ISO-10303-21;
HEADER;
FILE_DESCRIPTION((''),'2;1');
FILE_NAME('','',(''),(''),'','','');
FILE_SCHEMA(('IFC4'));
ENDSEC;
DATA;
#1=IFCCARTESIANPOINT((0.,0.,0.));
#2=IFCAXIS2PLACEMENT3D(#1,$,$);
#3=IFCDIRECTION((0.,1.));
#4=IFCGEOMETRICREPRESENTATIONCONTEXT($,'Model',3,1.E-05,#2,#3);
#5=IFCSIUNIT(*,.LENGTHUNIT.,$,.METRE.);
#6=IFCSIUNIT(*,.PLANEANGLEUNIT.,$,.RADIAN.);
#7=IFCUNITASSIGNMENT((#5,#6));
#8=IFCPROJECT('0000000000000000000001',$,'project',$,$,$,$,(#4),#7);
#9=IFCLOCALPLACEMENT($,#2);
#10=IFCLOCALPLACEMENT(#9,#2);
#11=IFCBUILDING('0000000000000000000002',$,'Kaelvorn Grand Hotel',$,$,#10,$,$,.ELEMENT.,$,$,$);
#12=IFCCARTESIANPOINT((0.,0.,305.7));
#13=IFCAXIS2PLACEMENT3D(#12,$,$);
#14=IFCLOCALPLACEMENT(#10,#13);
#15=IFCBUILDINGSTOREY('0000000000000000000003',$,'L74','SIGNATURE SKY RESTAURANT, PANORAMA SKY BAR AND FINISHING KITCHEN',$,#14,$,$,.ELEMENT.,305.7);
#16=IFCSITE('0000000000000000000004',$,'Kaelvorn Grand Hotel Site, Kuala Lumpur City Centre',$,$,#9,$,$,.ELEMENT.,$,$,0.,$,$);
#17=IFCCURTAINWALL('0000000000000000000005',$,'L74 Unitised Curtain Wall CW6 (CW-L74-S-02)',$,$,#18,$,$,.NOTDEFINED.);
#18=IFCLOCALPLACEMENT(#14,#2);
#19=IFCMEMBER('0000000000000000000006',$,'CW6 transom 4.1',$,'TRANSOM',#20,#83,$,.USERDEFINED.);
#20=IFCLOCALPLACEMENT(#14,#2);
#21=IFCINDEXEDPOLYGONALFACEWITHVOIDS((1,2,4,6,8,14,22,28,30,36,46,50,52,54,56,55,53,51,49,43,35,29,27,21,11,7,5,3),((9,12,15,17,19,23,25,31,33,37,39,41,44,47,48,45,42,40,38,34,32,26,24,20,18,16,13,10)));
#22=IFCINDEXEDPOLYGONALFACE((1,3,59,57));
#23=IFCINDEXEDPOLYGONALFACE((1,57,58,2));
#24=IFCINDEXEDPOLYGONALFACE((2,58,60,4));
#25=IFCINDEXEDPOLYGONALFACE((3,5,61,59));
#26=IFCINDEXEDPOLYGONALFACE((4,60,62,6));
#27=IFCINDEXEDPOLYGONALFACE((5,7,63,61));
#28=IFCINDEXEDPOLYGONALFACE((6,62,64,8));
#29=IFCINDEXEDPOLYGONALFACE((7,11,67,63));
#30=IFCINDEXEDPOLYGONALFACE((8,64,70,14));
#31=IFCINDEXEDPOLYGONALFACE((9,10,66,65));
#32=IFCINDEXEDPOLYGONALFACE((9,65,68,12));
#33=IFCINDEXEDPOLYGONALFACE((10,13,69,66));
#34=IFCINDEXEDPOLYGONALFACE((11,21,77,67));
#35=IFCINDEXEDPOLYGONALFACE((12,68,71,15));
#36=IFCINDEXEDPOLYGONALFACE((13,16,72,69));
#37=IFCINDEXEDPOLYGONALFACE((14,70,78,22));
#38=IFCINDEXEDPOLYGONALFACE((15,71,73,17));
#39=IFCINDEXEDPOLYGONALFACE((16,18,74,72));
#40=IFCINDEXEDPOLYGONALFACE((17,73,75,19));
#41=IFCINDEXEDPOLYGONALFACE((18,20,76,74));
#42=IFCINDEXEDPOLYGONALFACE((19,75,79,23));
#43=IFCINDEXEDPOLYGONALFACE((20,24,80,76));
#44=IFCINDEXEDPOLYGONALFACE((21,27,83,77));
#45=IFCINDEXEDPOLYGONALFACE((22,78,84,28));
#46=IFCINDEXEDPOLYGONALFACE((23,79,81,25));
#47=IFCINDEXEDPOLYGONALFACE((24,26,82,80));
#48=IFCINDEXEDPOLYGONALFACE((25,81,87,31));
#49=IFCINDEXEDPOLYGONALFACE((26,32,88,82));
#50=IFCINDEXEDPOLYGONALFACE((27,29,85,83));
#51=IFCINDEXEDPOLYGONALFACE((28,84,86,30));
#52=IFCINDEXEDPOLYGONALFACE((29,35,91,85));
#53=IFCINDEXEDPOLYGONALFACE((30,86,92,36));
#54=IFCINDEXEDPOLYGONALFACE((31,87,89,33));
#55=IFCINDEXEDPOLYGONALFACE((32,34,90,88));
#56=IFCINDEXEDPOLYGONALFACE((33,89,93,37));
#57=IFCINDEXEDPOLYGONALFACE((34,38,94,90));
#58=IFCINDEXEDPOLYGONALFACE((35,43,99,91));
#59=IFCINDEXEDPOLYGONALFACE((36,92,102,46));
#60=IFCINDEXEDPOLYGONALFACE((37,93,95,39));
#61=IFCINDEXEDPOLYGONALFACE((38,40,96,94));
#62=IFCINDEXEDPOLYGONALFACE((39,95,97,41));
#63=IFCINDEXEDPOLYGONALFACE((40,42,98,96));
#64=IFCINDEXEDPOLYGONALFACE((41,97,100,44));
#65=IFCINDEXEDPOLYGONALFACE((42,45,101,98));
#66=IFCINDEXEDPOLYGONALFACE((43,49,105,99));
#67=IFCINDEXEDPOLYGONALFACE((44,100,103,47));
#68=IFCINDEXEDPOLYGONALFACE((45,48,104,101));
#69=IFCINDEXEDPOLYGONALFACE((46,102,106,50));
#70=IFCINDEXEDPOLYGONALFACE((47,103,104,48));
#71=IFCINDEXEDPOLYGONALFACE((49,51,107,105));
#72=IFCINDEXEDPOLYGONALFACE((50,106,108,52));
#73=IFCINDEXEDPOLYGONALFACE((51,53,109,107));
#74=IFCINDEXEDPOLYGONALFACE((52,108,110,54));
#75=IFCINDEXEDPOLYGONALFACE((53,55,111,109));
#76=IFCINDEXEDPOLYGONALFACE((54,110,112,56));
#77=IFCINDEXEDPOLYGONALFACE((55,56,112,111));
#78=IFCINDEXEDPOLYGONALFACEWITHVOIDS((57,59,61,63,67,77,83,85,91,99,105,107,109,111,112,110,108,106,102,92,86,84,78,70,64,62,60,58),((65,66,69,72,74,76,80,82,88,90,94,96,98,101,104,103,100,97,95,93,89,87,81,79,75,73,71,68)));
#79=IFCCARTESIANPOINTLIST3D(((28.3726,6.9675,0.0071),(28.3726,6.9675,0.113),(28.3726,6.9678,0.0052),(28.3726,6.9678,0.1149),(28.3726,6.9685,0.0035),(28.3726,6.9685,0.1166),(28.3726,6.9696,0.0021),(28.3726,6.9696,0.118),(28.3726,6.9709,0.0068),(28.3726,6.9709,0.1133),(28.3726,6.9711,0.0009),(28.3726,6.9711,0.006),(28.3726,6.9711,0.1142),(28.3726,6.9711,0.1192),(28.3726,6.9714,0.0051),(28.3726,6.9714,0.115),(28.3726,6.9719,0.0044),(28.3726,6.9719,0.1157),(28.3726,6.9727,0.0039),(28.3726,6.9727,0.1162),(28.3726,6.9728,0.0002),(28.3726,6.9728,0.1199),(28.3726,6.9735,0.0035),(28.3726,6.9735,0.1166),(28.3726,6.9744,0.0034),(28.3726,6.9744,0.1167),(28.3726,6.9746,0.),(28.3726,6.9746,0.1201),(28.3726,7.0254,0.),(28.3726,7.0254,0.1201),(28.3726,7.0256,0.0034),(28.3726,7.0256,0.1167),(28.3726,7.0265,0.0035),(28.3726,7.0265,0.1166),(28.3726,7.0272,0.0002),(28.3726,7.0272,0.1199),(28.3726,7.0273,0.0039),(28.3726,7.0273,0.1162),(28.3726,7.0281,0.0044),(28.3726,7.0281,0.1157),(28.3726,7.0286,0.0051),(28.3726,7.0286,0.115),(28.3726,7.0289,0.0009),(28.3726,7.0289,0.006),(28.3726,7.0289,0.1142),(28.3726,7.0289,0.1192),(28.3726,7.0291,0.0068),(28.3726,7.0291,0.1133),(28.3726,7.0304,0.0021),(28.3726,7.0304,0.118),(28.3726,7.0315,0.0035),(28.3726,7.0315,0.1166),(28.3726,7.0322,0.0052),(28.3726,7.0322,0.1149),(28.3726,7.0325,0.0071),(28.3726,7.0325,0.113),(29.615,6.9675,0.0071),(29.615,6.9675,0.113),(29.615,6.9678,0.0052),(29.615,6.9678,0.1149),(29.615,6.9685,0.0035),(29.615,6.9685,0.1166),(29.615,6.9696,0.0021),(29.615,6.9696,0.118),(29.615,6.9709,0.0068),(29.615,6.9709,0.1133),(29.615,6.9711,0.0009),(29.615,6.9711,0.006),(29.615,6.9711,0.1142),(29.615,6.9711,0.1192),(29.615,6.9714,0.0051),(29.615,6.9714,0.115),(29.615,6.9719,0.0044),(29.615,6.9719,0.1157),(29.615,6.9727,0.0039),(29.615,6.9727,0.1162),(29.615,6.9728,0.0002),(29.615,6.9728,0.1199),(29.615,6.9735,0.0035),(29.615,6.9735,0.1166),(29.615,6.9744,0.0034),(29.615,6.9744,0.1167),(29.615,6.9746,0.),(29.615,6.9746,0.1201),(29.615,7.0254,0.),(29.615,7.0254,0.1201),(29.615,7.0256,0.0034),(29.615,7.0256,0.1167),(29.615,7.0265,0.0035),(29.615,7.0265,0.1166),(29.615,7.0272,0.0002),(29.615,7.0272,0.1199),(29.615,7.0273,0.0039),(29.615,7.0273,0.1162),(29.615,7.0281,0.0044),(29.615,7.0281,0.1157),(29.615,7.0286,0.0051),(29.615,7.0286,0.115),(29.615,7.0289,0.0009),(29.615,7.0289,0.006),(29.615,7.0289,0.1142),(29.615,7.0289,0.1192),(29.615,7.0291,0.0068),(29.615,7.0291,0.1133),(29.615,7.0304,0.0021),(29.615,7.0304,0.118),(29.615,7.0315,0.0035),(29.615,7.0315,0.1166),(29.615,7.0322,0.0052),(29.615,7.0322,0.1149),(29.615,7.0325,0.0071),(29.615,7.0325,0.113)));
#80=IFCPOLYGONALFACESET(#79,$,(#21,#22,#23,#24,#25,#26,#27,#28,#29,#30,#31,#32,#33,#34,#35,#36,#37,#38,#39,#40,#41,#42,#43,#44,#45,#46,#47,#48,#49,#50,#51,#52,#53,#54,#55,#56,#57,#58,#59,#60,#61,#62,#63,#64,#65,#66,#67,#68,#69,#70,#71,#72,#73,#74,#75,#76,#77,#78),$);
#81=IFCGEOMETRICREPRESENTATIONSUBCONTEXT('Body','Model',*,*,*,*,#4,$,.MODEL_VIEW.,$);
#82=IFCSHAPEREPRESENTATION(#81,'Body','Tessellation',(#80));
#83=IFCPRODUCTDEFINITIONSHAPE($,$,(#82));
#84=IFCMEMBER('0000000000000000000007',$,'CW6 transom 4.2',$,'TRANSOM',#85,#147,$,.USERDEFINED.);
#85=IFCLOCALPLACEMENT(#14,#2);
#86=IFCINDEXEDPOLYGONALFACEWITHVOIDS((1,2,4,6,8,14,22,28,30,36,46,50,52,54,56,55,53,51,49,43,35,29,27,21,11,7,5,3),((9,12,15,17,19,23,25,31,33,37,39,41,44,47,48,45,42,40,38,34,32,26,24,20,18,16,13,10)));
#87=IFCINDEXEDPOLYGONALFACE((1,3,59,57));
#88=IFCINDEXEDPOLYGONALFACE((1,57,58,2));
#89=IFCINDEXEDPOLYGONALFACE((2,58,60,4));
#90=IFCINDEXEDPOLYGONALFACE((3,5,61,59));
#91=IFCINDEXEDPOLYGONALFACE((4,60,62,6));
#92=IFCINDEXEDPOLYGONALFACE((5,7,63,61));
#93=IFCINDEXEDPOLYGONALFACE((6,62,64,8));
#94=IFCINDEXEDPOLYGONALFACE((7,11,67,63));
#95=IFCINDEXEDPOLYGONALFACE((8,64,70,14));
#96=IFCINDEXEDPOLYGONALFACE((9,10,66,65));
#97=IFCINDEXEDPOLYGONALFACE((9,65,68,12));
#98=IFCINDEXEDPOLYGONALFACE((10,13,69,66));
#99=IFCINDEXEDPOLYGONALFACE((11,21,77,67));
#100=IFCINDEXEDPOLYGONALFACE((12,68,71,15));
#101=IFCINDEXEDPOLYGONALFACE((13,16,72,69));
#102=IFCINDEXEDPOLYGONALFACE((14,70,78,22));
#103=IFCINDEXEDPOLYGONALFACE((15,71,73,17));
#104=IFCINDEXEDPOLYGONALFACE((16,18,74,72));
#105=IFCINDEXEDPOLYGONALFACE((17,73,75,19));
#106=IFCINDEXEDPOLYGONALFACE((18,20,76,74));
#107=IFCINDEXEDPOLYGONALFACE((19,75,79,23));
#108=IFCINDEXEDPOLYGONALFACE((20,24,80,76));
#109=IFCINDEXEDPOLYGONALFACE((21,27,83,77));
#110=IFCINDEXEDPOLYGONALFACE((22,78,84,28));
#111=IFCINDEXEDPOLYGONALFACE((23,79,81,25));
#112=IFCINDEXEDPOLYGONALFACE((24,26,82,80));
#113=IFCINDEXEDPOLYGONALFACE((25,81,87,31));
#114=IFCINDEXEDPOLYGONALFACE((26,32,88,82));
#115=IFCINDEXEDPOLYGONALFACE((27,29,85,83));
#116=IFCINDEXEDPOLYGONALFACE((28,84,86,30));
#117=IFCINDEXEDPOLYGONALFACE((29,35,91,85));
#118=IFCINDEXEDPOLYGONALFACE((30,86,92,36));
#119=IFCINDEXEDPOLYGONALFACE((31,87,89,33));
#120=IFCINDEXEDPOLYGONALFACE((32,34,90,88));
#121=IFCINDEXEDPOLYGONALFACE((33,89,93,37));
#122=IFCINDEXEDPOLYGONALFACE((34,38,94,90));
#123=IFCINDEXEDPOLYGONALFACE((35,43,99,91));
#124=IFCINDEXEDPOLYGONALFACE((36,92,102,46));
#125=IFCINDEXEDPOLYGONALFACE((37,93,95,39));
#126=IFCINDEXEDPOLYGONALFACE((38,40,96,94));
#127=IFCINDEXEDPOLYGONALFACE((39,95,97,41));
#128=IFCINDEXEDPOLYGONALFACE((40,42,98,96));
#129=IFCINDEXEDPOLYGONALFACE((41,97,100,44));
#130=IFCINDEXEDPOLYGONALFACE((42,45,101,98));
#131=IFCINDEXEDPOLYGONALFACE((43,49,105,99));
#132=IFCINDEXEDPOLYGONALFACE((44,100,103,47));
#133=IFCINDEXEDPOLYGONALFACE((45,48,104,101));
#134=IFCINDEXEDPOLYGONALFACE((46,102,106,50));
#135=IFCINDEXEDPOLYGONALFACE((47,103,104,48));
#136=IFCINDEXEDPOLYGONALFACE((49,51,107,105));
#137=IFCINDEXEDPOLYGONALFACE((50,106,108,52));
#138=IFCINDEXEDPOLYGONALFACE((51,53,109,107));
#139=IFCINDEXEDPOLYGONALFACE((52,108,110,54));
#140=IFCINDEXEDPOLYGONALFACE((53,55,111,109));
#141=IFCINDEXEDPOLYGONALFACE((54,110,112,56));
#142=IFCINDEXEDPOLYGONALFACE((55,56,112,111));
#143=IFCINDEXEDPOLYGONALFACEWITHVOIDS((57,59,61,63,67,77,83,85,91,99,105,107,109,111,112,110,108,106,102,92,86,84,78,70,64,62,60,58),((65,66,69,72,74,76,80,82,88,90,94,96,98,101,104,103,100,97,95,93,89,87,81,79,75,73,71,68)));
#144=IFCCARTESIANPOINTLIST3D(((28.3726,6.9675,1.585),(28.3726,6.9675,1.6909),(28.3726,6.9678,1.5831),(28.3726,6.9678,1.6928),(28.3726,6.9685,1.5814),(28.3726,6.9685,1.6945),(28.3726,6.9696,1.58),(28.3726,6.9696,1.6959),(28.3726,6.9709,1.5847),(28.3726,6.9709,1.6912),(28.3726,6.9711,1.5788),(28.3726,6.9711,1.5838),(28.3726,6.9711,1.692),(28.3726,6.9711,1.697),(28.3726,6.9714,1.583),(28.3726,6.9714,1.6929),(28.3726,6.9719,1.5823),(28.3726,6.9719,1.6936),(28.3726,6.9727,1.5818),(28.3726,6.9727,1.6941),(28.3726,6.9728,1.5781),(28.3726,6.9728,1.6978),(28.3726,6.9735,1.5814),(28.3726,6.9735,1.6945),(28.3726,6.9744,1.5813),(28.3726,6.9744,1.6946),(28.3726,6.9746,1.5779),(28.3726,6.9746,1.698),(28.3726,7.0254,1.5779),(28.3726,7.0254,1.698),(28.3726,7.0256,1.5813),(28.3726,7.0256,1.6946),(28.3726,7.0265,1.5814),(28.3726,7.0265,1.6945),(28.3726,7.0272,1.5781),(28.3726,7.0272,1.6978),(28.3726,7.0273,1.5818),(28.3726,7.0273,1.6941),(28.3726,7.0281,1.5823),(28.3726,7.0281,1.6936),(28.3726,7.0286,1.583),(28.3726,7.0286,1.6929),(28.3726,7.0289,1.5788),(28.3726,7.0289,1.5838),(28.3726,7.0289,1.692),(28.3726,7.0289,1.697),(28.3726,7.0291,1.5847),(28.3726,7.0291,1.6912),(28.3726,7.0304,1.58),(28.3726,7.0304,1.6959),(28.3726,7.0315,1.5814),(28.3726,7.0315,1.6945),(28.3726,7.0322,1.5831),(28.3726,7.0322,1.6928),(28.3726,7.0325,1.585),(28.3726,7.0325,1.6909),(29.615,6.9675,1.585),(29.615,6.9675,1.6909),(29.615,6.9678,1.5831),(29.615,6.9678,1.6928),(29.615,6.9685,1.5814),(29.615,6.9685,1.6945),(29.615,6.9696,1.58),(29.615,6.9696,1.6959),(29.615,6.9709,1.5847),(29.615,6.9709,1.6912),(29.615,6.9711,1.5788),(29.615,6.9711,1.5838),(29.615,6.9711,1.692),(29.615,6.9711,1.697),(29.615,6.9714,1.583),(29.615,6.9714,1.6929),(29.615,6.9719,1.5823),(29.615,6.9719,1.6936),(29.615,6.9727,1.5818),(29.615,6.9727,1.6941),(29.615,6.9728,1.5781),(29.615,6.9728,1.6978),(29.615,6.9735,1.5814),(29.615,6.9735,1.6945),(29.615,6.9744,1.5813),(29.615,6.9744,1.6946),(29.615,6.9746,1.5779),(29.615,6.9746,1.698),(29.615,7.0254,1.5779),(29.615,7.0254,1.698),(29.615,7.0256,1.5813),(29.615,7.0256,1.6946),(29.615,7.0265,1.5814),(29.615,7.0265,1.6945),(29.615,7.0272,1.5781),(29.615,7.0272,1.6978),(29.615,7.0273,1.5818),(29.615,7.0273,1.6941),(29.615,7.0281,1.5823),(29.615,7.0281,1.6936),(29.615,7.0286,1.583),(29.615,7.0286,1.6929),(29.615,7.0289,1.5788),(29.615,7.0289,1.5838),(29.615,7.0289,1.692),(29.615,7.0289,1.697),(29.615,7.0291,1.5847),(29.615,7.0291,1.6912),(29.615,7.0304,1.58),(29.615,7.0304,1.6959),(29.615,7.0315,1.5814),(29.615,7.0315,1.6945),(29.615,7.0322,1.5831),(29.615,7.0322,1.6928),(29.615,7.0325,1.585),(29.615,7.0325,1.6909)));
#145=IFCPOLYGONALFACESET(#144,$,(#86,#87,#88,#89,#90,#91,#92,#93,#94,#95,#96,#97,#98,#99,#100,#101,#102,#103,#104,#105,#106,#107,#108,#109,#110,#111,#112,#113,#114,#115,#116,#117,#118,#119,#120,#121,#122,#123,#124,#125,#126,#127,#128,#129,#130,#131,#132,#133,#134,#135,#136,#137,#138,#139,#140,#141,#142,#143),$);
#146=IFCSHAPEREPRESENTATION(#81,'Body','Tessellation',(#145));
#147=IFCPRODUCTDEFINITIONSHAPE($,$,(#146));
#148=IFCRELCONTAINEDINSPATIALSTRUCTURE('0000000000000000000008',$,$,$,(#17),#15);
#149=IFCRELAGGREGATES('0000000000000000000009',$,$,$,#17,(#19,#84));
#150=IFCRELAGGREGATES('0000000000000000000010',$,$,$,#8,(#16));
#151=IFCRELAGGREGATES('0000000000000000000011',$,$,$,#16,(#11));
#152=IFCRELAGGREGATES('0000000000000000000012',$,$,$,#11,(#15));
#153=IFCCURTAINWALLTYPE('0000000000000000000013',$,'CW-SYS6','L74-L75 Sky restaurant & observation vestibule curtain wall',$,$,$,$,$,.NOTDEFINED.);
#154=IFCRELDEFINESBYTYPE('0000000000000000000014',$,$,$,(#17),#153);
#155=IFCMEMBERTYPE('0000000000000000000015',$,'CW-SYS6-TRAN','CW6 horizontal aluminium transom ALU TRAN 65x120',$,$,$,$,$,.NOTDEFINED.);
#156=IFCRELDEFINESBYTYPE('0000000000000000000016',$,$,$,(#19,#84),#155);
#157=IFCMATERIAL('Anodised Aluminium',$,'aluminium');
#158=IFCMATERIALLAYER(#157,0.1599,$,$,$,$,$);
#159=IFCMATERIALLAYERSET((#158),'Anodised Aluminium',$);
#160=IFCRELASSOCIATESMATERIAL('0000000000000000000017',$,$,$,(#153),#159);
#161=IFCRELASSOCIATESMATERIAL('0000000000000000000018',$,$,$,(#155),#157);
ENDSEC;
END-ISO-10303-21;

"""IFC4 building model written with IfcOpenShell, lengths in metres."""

from ifc_helpers import new_model, si_unit, direction, frame, origin, origin_2d, place, context, subcontext, project, spatial, hollow_rectangle, extrude, material, layer, layer_set, material_profile, profile_set, type_object, element, aggregate, save


model = new_model("IFC4")

# Units and contexts
model_context = context("Model", 3, precision=1e-05, world=origin(), true_north=direction((0.0, 1.0)))
body_context = subcontext(model_context, "Body", "Model", "MODEL_VIEW")
ifc_project = project(units=[si_unit("LENGTHUNIT", "METRE"), si_unit("PLANEANGLEUNIT", "RADIAN")], contexts=[model_context])

# Site, building, storey
site_placement = place(None, origin())
site = spatial("IfcSite", under=ifc_project, at=site_placement, Name="Kaelvorn Grand Hotel Site, Kuala Lumpur City Centre", CompositionType="ELEMENT", RefElevation=0.0)
building_placement = place(site_placement, origin())
building = spatial("IfcBuilding", under=site, at=building_placement, Name="Kaelvorn Grand Hotel", CompositionType="ELEMENT")
storey_placement = place(building_placement, frame((0.0, 0.0, 305.7)))
storey = spatial("IfcBuildingStorey", under=building, at=storey_placement, Name="L74", Description="SIGNATURE SKY RESTAURANT, PANORAMA SKY BAR AND FINISHING KITCHEN", CompositionType="ELEMENT", Elevation=305.7)

# Curtain wall
ifc_material_1 = material(Name="Anodised Aluminium", Category="aluminium")
ifc_layer_1 = layer(ifc_material_1, 0.1599)
ifc_layer_set_1 = layer_set([ifc_layer_1], Name="Anodised Aluminium")
curtain_wall_type = type_object("IfcCurtainWallType", Name="CW-SYS6", Description="L74-L75 Sky restaurant & observation vestibule curtain wall", PredefinedType="NOTDEFINED", material=ifc_layer_set_1)
curtain_wall_1_placement = place(storey_placement, origin())
curtain_wall_1 = element("IfcCurtainWall", 1, at=curtain_wall_1_placement, inside=storey, type_object=curtain_wall_type, Name="L74 Unitised Curtain Wall CW6 (CW-L74-S-02)", PredefinedType="NOTDEFINED")

# Members
ifc_material_profile_1 = material_profile(ifc_material_1, hollow_rectangle(XDim=0.0649, YDim=0.1201, WallThickness=0.0034, InnerFilletRadius=0.0034, OuterFilletRadius=0.0071, at=origin_2d()), Name="ALU TRAN 65x120")
ifc_profile_set_1 = profile_set([ifc_material_profile_1], Name="Anodised Aluminium")
member_type_1 = type_object("IfcMemberType", Name="CW-SYS6-TRAN", Description="CW6 horizontal aluminium transom ALU TRAN 65x120", PredefinedType="NOTDEFINED", material=ifc_profile_set_1)
member_1_placement = place(storey_placement, frame((28.3726, 7.0, 0.0601), z_axis=(1.0, 0.0, 0.0), x_axis=(0.0, 1.0, 0.0)))
member_1 = element("IfcMember", 2, at=member_1_placement, type_object=member_type_1, Name="CW6 transom 4.1", ObjectType="TRANSOM", PredefinedType="USERDEFINED", context=body_context, shape_type="SweptSolid", body=[
    extrude(hollow_rectangle(XDim=0.0649, YDim=0.1201, WallThickness=0.0034, InnerFilletRadius=0.0034, OuterFilletRadius=0.0071, at=origin_2d()), origin(), (0.0, 0.0, 1.0), 1.2424),
])
member_2_placement = place(storey_placement, frame((28.3726, 7.0, 1.6379), z_axis=(1.0, 0.0, 0.0), x_axis=(0.0, 1.0, 0.0)))
member_2 = element("IfcMember", 3, at=member_2_placement, type_object=member_type_1, Name="CW6 transom 4.2", ObjectType="TRANSOM", PredefinedType="USERDEFINED", context=body_context, shape_type="SweptSolid", body=[
    extrude(hollow_rectangle(XDim=0.0649, YDim=0.1201, WallThickness=0.0034, InnerFilletRadius=0.0034, OuterFilletRadius=0.0071, at=origin_2d()), origin(), (0.0, 0.0, 1.0), 1.2424),
])

aggregate(curtain_wall_1, [member_1, member_2])

save(model, "model.ifc")
